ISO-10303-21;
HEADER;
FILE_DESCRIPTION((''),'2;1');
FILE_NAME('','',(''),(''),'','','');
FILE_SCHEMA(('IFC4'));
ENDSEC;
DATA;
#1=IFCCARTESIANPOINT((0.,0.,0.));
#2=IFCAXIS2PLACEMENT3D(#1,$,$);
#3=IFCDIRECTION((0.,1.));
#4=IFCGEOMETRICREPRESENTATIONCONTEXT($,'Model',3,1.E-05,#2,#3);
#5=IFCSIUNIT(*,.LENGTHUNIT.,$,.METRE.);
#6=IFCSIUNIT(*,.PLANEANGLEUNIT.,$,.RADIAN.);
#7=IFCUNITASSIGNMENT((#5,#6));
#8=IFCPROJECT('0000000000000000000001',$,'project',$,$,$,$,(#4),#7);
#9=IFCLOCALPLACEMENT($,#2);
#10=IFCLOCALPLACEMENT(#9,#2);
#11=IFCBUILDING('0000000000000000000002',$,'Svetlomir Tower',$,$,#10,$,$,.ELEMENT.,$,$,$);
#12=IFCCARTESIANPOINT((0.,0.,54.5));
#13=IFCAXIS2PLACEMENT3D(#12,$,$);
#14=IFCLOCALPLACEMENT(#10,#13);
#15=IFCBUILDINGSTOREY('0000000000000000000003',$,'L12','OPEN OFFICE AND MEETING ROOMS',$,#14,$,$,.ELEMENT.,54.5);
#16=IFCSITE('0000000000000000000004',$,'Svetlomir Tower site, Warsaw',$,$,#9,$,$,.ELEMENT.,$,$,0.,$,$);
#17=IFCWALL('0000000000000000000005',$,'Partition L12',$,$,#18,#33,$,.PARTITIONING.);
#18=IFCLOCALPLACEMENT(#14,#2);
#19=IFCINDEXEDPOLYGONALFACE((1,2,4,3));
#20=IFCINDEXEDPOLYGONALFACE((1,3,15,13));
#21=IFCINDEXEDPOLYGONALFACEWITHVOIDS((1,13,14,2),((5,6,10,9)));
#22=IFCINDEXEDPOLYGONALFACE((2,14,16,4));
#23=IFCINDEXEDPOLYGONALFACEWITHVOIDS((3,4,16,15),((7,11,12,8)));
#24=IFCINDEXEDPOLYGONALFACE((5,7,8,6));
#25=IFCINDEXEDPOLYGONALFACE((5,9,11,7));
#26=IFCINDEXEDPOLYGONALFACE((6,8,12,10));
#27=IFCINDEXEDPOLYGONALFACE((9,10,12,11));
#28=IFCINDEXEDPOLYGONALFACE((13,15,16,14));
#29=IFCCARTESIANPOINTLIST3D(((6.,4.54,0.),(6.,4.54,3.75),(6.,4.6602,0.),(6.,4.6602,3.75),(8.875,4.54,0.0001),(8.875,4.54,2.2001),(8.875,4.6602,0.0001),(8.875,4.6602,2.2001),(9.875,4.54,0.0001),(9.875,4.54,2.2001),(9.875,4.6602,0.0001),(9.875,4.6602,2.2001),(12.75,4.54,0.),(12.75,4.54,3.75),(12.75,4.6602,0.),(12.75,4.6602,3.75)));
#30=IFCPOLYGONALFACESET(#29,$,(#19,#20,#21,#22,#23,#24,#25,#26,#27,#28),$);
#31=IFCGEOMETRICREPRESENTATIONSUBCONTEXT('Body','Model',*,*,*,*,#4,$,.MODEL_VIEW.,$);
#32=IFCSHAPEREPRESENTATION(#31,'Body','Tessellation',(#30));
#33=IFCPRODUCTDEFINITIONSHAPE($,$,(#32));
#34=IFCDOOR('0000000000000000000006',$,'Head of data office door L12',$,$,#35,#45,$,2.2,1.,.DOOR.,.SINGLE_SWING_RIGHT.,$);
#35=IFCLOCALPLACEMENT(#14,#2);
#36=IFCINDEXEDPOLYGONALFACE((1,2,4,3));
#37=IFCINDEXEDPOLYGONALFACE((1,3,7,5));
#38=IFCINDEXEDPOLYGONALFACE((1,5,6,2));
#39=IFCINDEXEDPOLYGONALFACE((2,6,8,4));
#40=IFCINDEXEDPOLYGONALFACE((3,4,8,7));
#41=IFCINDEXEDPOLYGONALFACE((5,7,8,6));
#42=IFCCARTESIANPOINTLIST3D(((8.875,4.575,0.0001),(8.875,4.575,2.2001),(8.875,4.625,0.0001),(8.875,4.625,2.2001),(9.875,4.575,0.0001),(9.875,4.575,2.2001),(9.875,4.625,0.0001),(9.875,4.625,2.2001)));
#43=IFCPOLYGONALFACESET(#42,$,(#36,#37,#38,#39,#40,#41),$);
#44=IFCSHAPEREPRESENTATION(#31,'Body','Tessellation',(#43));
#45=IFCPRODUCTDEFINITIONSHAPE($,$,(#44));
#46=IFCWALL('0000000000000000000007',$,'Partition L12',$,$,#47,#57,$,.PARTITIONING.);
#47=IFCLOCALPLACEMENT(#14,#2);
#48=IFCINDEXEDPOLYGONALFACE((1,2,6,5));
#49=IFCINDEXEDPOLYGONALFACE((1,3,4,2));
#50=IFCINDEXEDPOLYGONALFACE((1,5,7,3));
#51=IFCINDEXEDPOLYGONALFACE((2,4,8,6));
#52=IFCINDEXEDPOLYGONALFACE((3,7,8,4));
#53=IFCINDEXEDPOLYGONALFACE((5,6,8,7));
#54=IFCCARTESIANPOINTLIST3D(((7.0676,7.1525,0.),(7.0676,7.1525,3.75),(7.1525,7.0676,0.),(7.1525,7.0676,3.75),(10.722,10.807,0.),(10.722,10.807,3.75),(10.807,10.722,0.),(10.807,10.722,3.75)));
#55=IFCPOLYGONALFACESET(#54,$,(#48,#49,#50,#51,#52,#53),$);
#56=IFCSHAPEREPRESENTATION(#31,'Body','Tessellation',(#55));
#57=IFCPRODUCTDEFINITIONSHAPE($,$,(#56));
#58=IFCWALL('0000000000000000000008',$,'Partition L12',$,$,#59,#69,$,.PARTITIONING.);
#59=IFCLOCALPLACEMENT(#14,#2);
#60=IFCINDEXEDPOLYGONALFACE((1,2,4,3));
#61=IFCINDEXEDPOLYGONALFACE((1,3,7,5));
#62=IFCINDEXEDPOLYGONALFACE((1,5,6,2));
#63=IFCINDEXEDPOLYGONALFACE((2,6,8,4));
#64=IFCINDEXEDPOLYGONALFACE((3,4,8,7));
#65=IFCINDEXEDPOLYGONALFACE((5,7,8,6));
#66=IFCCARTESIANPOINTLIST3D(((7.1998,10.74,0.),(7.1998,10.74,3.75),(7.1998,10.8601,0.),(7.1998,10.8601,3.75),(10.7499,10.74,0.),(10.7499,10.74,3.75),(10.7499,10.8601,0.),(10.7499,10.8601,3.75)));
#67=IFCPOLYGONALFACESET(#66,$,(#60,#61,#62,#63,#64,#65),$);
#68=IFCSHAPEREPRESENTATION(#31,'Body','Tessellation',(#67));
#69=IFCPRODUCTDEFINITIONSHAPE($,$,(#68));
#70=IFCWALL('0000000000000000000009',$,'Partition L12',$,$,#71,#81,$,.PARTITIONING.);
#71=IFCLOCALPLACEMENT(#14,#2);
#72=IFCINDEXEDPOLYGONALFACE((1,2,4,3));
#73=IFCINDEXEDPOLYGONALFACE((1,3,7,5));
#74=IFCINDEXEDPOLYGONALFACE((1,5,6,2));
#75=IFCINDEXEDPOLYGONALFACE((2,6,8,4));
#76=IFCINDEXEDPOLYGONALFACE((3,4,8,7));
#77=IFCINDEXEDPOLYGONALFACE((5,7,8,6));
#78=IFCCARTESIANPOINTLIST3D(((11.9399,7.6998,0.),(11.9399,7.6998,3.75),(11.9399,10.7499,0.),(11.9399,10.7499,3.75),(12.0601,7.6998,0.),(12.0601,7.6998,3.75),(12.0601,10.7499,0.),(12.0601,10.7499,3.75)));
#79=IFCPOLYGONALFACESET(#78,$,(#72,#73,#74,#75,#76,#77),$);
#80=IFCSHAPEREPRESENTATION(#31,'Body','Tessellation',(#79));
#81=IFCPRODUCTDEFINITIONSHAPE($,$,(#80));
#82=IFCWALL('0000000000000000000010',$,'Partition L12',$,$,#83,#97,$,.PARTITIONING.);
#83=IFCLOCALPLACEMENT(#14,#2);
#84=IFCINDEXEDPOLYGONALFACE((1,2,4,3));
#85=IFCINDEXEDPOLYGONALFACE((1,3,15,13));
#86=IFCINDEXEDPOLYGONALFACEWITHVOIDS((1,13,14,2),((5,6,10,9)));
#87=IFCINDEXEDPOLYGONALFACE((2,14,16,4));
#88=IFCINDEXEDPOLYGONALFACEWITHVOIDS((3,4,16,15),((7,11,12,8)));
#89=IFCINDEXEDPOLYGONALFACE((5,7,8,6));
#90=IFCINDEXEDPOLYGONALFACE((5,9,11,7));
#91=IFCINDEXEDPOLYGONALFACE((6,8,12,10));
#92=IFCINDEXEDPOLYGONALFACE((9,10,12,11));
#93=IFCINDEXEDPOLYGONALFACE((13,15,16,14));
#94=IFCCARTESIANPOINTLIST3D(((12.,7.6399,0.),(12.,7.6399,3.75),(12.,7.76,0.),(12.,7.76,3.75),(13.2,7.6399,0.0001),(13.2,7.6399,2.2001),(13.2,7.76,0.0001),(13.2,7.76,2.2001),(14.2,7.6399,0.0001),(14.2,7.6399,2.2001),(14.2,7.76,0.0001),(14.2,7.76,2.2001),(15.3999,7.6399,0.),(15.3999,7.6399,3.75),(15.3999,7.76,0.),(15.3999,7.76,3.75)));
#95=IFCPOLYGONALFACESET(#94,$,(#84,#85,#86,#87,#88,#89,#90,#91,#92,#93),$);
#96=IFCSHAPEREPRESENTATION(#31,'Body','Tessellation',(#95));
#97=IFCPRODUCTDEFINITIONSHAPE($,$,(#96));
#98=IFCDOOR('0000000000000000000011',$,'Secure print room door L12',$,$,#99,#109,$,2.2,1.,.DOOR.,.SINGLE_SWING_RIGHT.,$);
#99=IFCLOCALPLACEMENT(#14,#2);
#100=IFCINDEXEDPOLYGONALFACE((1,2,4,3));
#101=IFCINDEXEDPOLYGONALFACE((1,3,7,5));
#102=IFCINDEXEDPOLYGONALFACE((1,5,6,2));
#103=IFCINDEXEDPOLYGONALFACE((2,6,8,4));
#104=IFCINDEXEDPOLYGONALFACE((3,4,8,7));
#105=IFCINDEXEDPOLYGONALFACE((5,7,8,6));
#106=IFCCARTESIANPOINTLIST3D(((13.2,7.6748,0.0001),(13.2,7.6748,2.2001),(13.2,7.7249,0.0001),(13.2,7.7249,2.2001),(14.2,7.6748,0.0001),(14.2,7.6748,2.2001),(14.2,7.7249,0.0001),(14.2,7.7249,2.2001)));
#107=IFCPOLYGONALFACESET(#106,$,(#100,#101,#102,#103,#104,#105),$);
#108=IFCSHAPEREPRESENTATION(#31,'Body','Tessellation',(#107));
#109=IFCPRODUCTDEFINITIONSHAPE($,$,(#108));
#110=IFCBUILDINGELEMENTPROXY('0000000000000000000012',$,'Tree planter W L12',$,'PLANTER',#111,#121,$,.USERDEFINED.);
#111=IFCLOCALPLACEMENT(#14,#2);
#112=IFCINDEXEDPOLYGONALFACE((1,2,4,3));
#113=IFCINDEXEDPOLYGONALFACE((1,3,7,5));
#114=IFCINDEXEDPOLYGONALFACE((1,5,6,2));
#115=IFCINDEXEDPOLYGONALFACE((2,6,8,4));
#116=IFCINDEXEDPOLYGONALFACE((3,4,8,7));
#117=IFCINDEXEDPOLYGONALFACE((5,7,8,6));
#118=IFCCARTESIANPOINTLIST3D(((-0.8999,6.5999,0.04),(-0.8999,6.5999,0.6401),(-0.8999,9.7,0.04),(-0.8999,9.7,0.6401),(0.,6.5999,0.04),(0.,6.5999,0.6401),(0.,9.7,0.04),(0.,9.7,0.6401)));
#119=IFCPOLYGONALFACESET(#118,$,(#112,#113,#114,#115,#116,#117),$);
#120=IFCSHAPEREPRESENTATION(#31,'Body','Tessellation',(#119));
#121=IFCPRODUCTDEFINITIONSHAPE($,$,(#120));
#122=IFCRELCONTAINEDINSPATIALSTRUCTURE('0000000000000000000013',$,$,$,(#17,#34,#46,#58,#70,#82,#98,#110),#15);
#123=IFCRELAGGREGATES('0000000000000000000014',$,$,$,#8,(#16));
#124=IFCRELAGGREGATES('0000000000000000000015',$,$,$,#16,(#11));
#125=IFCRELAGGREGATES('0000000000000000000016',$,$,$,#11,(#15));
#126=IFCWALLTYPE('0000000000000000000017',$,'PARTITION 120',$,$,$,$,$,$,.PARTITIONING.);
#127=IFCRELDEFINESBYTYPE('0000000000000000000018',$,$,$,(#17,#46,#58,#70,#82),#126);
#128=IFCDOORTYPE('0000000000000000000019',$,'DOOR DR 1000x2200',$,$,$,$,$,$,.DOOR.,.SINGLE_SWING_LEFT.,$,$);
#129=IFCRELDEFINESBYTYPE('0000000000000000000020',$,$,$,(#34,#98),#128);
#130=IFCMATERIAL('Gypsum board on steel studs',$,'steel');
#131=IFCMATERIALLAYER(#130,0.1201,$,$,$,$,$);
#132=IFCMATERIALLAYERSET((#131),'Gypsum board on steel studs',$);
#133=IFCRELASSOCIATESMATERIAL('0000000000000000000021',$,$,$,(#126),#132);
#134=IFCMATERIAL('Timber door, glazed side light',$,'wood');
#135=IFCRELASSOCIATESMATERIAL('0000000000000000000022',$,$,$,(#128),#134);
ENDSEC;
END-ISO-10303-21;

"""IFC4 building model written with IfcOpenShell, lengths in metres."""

from ifc_helpers import new_model, si_unit, direction, frame, frame_2d, origin, origin_2d, place, context, subcontext, project, spatial, rectangle, extrude, material, layer, layer_set, type_object, element, fill, save


model = new_model("IFC4")

# Units and contexts
model_context = context("Model", 3, precision=1e-05, world=origin(), true_north=direction((0.0, 1.0)))
body_context = subcontext(model_context, "Body", "Model", "MODEL_VIEW")
ifc_project = project(units=[si_unit("LENGTHUNIT", "METRE"), si_unit("PLANEANGLEUNIT", "RADIAN")], contexts=[model_context])

# Site, building, storey
site_placement = place(None, origin())
site = spatial("IfcSite", under=ifc_project, at=site_placement, Name="Svetlomir Tower site, Warsaw", CompositionType="ELEMENT", RefElevation=0.0)
building_placement = place(site_placement, origin())
building = spatial("IfcBuilding", under=site, at=building_placement, Name="Svetlomir Tower", CompositionType="ELEMENT")
storey_placement = place(building_placement, frame((0.0, 0.0, 54.5)))
storey = spatial("IfcBuildingStorey", under=building, at=storey_placement, Name="L12", Description="OPEN OFFICE AND MEETING ROOMS", CompositionType="ELEMENT", Elevation=54.5)

# Wall, opening, door
ifc_material_1 = material(Name="Gypsum board on steel studs", Category="steel")
ifc_layer_1 = layer(ifc_material_1, 0.1201)
ifc_layer_set_1 = layer_set([ifc_layer_1], Name="Gypsum board on steel studs")
wall_type_1 = type_object("IfcWallType", Name="PARTITION 120", PredefinedType="PARTITIONING", material=ifc_layer_set_1)
wall_1_placement = place(storey_placement, frame((6.0, 4.6001, 0.0), z_axis=(0.0, 0.0, 1.0), x_axis=(1.0, 0.0, 0.0)))
wall_1 = element("IfcWall", 1, at=wall_1_placement, inside=storey, type_object=wall_type_1, Name="Partition L12", PredefinedType="PARTITIONING", context=body_context, shape_type="SweptSolid", body=[
    extrude(rectangle(XDim=6.75, YDim=0.1201, at=frame_2d((3.375, 0.0))), origin(), (0.0, 0.0, 1.0), 3.75),
])
opening_1_placement = place(wall_1_placement, frame((2.875, 0.0, 0.0)))
opening_1 = element("IfcOpeningElement", 2, at=opening_1_placement, cuts=wall_1, PredefinedType="OPENING", context=body_context, shape_type="SweptSolid", body=[
    extrude(rectangle(XDim=1.0, YDim=2.2, at=frame_2d((0.5, 1.1001))), frame((0.0, 0.0701, 0.0), z_axis=(0.0, -1.0, 0.0), x_axis=(1.0, 0.0, 0.0)), (0.0, 0.0, 1.0), 0.1401),
])
ifc_material_2 = material(Name="Timber door, glazed side light", Category="wood")
door_type_1 = type_object("IfcDoorType", Name="DOOR DR 1000x2200", OperationType="SINGLE_SWING_LEFT", PredefinedType="DOOR", material=ifc_material_2)
door_1_placement = place(opening_1_placement, origin())
door_1 = element("IfcDoor", 3, at=door_1_placement, inside=storey, type_object=door_type_1, Name="Head of data office door L12", OperationType="SINGLE_SWING_RIGHT", OverallHeight=2.2, OverallWidth=1.0, PredefinedType="DOOR", context=body_context, shape_type="SweptSolid", body=[
    extrude(rectangle(XDim=1.0, YDim=2.2, at=frame_2d((0.5, 1.1001))), frame((0.0, 0.0249, 0.0), z_axis=(0.0, -1.0, 0.0), x_axis=(1.0, 0.0, 0.0)), (0.0, 0.0, 1.0), 0.05),
])
fill(opening_1, door_1)

# Wall
wall_2_placement = place(storey_placement, frame((7.1101, 7.1101, 0.0), z_axis=(0.0, 0.0, 1.0), x_axis=(0.707107, 0.707107, 0.0)))
element("IfcWall", 4, at=wall_2_placement, inside=storey, type_object=wall_type_1, Name="Partition L12", PredefinedType="PARTITIONING", context=body_context, shape_type="SweptSolid", body=[
    extrude(rectangle(XDim=5.1682, YDim=0.1201, at=frame_2d((2.584, 0.0))), origin(), (0.0, 0.0, 1.0), 3.75),
])

# Walls
wall_3_placement = place(storey_placement, frame((7.2, 10.8, 0.0), z_axis=(0.0, 0.0, 1.0), x_axis=(1.0, 0.0, 0.0)))
element("IfcWall", 5, at=wall_3_placement, inside=storey, type_object=wall_type_1, Name="Partition L12", PredefinedType="PARTITIONING", context=body_context, shape_type="SweptSolid", body=[
    extrude(rectangle(XDim=3.55, YDim=0.1201, at=frame_2d((1.7749, 0.0))), origin(), (0.0, 0.0, 1.0), 3.75),
])
wall_4_placement = place(storey_placement, frame((12.0, 7.7, 0.0), z_axis=(0.0, 0.0, 1.0), x_axis=(0.0, 1.0, 0.0)))
element("IfcWall", 6, at=wall_4_placement, inside=storey, type_object=wall_type_1, Name="Partition L12", PredefinedType="PARTITIONING", context=body_context, shape_type="SweptSolid", body=[
    extrude(rectangle(XDim=3.05, YDim=0.1201, at=frame_2d((1.5249, 0.0))), origin(), (0.0, 0.0, 1.0), 3.75),
])

# Wall, opening, door
wall_5_placement = place(storey_placement, frame((12.0, 7.7, 0.0), z_axis=(0.0, 0.0, 1.0), x_axis=(1.0, 0.0, 0.0)))
wall_5 = element("IfcWall", 7, at=wall_5_placement, inside=storey, type_object=wall_type_1, Name="Partition L12", PredefinedType="PARTITIONING", context=body_context, shape_type="SweptSolid", body=[
    extrude(rectangle(XDim=3.3999, YDim=0.1201, at=frame_2d((1.7, 0.0))), origin(), (0.0, 0.0, 1.0), 3.75),
])
opening_2_placement = place(wall_5_placement, frame((1.2, 0.0, 0.0)))
opening_2 = element("IfcOpeningElement", 8, at=opening_2_placement, cuts=wall_5, PredefinedType="OPENING", context=body_context, shape_type="SweptSolid", body=[
    extrude(rectangle(XDim=1.0, YDim=2.2, at=frame_2d((0.5, 1.1001))), frame((0.0, 0.0701, 0.0), z_axis=(0.0, -1.0, 0.0), x_axis=(1.0, 0.0, 0.0)), (0.0, 0.0, 1.0), 0.1401),
])
door_2_placement = place(opening_2_placement, origin())
door_2 = element("IfcDoor", 9, at=door_2_placement, inside=storey, type_object=door_type_1, Name="Secure print room door L12", OperationType="SINGLE_SWING_RIGHT", OverallHeight=2.2, OverallWidth=1.0, PredefinedType="DOOR", context=body_context, shape_type="SweptSolid", body=[
    extrude(rectangle(XDim=1.0, YDim=2.2, at=frame_2d((0.5, 1.1001))), frame((0.0, 0.0249, 0.0), z_axis=(0.0, -1.0, 0.0), x_axis=(1.0, 0.0, 0.0)), (0.0, 0.0, 1.0), 0.05),
])
fill(opening_2, door_2)

# Building element proxy
proxy_placement = place(storey_placement, frame((-0.45, 8.1499, 0.04), z_axis=(0.0, 0.0, 1.0), x_axis=(1.0, 0.0, 0.0)))
element("IfcBuildingElementProxy", 10, at=proxy_placement, inside=storey, Name="Tree planter W L12", ObjectType="PLANTER", PredefinedType="USERDEFINED", context=body_context, shape_type="SweptSolid", body=[
    extrude(rectangle(XDim=0.8999, YDim=3.1001, at=origin_2d()), origin(), (0.0, 0.0, 1.0), 0.6001),
])

save(model, "model.ifc")
